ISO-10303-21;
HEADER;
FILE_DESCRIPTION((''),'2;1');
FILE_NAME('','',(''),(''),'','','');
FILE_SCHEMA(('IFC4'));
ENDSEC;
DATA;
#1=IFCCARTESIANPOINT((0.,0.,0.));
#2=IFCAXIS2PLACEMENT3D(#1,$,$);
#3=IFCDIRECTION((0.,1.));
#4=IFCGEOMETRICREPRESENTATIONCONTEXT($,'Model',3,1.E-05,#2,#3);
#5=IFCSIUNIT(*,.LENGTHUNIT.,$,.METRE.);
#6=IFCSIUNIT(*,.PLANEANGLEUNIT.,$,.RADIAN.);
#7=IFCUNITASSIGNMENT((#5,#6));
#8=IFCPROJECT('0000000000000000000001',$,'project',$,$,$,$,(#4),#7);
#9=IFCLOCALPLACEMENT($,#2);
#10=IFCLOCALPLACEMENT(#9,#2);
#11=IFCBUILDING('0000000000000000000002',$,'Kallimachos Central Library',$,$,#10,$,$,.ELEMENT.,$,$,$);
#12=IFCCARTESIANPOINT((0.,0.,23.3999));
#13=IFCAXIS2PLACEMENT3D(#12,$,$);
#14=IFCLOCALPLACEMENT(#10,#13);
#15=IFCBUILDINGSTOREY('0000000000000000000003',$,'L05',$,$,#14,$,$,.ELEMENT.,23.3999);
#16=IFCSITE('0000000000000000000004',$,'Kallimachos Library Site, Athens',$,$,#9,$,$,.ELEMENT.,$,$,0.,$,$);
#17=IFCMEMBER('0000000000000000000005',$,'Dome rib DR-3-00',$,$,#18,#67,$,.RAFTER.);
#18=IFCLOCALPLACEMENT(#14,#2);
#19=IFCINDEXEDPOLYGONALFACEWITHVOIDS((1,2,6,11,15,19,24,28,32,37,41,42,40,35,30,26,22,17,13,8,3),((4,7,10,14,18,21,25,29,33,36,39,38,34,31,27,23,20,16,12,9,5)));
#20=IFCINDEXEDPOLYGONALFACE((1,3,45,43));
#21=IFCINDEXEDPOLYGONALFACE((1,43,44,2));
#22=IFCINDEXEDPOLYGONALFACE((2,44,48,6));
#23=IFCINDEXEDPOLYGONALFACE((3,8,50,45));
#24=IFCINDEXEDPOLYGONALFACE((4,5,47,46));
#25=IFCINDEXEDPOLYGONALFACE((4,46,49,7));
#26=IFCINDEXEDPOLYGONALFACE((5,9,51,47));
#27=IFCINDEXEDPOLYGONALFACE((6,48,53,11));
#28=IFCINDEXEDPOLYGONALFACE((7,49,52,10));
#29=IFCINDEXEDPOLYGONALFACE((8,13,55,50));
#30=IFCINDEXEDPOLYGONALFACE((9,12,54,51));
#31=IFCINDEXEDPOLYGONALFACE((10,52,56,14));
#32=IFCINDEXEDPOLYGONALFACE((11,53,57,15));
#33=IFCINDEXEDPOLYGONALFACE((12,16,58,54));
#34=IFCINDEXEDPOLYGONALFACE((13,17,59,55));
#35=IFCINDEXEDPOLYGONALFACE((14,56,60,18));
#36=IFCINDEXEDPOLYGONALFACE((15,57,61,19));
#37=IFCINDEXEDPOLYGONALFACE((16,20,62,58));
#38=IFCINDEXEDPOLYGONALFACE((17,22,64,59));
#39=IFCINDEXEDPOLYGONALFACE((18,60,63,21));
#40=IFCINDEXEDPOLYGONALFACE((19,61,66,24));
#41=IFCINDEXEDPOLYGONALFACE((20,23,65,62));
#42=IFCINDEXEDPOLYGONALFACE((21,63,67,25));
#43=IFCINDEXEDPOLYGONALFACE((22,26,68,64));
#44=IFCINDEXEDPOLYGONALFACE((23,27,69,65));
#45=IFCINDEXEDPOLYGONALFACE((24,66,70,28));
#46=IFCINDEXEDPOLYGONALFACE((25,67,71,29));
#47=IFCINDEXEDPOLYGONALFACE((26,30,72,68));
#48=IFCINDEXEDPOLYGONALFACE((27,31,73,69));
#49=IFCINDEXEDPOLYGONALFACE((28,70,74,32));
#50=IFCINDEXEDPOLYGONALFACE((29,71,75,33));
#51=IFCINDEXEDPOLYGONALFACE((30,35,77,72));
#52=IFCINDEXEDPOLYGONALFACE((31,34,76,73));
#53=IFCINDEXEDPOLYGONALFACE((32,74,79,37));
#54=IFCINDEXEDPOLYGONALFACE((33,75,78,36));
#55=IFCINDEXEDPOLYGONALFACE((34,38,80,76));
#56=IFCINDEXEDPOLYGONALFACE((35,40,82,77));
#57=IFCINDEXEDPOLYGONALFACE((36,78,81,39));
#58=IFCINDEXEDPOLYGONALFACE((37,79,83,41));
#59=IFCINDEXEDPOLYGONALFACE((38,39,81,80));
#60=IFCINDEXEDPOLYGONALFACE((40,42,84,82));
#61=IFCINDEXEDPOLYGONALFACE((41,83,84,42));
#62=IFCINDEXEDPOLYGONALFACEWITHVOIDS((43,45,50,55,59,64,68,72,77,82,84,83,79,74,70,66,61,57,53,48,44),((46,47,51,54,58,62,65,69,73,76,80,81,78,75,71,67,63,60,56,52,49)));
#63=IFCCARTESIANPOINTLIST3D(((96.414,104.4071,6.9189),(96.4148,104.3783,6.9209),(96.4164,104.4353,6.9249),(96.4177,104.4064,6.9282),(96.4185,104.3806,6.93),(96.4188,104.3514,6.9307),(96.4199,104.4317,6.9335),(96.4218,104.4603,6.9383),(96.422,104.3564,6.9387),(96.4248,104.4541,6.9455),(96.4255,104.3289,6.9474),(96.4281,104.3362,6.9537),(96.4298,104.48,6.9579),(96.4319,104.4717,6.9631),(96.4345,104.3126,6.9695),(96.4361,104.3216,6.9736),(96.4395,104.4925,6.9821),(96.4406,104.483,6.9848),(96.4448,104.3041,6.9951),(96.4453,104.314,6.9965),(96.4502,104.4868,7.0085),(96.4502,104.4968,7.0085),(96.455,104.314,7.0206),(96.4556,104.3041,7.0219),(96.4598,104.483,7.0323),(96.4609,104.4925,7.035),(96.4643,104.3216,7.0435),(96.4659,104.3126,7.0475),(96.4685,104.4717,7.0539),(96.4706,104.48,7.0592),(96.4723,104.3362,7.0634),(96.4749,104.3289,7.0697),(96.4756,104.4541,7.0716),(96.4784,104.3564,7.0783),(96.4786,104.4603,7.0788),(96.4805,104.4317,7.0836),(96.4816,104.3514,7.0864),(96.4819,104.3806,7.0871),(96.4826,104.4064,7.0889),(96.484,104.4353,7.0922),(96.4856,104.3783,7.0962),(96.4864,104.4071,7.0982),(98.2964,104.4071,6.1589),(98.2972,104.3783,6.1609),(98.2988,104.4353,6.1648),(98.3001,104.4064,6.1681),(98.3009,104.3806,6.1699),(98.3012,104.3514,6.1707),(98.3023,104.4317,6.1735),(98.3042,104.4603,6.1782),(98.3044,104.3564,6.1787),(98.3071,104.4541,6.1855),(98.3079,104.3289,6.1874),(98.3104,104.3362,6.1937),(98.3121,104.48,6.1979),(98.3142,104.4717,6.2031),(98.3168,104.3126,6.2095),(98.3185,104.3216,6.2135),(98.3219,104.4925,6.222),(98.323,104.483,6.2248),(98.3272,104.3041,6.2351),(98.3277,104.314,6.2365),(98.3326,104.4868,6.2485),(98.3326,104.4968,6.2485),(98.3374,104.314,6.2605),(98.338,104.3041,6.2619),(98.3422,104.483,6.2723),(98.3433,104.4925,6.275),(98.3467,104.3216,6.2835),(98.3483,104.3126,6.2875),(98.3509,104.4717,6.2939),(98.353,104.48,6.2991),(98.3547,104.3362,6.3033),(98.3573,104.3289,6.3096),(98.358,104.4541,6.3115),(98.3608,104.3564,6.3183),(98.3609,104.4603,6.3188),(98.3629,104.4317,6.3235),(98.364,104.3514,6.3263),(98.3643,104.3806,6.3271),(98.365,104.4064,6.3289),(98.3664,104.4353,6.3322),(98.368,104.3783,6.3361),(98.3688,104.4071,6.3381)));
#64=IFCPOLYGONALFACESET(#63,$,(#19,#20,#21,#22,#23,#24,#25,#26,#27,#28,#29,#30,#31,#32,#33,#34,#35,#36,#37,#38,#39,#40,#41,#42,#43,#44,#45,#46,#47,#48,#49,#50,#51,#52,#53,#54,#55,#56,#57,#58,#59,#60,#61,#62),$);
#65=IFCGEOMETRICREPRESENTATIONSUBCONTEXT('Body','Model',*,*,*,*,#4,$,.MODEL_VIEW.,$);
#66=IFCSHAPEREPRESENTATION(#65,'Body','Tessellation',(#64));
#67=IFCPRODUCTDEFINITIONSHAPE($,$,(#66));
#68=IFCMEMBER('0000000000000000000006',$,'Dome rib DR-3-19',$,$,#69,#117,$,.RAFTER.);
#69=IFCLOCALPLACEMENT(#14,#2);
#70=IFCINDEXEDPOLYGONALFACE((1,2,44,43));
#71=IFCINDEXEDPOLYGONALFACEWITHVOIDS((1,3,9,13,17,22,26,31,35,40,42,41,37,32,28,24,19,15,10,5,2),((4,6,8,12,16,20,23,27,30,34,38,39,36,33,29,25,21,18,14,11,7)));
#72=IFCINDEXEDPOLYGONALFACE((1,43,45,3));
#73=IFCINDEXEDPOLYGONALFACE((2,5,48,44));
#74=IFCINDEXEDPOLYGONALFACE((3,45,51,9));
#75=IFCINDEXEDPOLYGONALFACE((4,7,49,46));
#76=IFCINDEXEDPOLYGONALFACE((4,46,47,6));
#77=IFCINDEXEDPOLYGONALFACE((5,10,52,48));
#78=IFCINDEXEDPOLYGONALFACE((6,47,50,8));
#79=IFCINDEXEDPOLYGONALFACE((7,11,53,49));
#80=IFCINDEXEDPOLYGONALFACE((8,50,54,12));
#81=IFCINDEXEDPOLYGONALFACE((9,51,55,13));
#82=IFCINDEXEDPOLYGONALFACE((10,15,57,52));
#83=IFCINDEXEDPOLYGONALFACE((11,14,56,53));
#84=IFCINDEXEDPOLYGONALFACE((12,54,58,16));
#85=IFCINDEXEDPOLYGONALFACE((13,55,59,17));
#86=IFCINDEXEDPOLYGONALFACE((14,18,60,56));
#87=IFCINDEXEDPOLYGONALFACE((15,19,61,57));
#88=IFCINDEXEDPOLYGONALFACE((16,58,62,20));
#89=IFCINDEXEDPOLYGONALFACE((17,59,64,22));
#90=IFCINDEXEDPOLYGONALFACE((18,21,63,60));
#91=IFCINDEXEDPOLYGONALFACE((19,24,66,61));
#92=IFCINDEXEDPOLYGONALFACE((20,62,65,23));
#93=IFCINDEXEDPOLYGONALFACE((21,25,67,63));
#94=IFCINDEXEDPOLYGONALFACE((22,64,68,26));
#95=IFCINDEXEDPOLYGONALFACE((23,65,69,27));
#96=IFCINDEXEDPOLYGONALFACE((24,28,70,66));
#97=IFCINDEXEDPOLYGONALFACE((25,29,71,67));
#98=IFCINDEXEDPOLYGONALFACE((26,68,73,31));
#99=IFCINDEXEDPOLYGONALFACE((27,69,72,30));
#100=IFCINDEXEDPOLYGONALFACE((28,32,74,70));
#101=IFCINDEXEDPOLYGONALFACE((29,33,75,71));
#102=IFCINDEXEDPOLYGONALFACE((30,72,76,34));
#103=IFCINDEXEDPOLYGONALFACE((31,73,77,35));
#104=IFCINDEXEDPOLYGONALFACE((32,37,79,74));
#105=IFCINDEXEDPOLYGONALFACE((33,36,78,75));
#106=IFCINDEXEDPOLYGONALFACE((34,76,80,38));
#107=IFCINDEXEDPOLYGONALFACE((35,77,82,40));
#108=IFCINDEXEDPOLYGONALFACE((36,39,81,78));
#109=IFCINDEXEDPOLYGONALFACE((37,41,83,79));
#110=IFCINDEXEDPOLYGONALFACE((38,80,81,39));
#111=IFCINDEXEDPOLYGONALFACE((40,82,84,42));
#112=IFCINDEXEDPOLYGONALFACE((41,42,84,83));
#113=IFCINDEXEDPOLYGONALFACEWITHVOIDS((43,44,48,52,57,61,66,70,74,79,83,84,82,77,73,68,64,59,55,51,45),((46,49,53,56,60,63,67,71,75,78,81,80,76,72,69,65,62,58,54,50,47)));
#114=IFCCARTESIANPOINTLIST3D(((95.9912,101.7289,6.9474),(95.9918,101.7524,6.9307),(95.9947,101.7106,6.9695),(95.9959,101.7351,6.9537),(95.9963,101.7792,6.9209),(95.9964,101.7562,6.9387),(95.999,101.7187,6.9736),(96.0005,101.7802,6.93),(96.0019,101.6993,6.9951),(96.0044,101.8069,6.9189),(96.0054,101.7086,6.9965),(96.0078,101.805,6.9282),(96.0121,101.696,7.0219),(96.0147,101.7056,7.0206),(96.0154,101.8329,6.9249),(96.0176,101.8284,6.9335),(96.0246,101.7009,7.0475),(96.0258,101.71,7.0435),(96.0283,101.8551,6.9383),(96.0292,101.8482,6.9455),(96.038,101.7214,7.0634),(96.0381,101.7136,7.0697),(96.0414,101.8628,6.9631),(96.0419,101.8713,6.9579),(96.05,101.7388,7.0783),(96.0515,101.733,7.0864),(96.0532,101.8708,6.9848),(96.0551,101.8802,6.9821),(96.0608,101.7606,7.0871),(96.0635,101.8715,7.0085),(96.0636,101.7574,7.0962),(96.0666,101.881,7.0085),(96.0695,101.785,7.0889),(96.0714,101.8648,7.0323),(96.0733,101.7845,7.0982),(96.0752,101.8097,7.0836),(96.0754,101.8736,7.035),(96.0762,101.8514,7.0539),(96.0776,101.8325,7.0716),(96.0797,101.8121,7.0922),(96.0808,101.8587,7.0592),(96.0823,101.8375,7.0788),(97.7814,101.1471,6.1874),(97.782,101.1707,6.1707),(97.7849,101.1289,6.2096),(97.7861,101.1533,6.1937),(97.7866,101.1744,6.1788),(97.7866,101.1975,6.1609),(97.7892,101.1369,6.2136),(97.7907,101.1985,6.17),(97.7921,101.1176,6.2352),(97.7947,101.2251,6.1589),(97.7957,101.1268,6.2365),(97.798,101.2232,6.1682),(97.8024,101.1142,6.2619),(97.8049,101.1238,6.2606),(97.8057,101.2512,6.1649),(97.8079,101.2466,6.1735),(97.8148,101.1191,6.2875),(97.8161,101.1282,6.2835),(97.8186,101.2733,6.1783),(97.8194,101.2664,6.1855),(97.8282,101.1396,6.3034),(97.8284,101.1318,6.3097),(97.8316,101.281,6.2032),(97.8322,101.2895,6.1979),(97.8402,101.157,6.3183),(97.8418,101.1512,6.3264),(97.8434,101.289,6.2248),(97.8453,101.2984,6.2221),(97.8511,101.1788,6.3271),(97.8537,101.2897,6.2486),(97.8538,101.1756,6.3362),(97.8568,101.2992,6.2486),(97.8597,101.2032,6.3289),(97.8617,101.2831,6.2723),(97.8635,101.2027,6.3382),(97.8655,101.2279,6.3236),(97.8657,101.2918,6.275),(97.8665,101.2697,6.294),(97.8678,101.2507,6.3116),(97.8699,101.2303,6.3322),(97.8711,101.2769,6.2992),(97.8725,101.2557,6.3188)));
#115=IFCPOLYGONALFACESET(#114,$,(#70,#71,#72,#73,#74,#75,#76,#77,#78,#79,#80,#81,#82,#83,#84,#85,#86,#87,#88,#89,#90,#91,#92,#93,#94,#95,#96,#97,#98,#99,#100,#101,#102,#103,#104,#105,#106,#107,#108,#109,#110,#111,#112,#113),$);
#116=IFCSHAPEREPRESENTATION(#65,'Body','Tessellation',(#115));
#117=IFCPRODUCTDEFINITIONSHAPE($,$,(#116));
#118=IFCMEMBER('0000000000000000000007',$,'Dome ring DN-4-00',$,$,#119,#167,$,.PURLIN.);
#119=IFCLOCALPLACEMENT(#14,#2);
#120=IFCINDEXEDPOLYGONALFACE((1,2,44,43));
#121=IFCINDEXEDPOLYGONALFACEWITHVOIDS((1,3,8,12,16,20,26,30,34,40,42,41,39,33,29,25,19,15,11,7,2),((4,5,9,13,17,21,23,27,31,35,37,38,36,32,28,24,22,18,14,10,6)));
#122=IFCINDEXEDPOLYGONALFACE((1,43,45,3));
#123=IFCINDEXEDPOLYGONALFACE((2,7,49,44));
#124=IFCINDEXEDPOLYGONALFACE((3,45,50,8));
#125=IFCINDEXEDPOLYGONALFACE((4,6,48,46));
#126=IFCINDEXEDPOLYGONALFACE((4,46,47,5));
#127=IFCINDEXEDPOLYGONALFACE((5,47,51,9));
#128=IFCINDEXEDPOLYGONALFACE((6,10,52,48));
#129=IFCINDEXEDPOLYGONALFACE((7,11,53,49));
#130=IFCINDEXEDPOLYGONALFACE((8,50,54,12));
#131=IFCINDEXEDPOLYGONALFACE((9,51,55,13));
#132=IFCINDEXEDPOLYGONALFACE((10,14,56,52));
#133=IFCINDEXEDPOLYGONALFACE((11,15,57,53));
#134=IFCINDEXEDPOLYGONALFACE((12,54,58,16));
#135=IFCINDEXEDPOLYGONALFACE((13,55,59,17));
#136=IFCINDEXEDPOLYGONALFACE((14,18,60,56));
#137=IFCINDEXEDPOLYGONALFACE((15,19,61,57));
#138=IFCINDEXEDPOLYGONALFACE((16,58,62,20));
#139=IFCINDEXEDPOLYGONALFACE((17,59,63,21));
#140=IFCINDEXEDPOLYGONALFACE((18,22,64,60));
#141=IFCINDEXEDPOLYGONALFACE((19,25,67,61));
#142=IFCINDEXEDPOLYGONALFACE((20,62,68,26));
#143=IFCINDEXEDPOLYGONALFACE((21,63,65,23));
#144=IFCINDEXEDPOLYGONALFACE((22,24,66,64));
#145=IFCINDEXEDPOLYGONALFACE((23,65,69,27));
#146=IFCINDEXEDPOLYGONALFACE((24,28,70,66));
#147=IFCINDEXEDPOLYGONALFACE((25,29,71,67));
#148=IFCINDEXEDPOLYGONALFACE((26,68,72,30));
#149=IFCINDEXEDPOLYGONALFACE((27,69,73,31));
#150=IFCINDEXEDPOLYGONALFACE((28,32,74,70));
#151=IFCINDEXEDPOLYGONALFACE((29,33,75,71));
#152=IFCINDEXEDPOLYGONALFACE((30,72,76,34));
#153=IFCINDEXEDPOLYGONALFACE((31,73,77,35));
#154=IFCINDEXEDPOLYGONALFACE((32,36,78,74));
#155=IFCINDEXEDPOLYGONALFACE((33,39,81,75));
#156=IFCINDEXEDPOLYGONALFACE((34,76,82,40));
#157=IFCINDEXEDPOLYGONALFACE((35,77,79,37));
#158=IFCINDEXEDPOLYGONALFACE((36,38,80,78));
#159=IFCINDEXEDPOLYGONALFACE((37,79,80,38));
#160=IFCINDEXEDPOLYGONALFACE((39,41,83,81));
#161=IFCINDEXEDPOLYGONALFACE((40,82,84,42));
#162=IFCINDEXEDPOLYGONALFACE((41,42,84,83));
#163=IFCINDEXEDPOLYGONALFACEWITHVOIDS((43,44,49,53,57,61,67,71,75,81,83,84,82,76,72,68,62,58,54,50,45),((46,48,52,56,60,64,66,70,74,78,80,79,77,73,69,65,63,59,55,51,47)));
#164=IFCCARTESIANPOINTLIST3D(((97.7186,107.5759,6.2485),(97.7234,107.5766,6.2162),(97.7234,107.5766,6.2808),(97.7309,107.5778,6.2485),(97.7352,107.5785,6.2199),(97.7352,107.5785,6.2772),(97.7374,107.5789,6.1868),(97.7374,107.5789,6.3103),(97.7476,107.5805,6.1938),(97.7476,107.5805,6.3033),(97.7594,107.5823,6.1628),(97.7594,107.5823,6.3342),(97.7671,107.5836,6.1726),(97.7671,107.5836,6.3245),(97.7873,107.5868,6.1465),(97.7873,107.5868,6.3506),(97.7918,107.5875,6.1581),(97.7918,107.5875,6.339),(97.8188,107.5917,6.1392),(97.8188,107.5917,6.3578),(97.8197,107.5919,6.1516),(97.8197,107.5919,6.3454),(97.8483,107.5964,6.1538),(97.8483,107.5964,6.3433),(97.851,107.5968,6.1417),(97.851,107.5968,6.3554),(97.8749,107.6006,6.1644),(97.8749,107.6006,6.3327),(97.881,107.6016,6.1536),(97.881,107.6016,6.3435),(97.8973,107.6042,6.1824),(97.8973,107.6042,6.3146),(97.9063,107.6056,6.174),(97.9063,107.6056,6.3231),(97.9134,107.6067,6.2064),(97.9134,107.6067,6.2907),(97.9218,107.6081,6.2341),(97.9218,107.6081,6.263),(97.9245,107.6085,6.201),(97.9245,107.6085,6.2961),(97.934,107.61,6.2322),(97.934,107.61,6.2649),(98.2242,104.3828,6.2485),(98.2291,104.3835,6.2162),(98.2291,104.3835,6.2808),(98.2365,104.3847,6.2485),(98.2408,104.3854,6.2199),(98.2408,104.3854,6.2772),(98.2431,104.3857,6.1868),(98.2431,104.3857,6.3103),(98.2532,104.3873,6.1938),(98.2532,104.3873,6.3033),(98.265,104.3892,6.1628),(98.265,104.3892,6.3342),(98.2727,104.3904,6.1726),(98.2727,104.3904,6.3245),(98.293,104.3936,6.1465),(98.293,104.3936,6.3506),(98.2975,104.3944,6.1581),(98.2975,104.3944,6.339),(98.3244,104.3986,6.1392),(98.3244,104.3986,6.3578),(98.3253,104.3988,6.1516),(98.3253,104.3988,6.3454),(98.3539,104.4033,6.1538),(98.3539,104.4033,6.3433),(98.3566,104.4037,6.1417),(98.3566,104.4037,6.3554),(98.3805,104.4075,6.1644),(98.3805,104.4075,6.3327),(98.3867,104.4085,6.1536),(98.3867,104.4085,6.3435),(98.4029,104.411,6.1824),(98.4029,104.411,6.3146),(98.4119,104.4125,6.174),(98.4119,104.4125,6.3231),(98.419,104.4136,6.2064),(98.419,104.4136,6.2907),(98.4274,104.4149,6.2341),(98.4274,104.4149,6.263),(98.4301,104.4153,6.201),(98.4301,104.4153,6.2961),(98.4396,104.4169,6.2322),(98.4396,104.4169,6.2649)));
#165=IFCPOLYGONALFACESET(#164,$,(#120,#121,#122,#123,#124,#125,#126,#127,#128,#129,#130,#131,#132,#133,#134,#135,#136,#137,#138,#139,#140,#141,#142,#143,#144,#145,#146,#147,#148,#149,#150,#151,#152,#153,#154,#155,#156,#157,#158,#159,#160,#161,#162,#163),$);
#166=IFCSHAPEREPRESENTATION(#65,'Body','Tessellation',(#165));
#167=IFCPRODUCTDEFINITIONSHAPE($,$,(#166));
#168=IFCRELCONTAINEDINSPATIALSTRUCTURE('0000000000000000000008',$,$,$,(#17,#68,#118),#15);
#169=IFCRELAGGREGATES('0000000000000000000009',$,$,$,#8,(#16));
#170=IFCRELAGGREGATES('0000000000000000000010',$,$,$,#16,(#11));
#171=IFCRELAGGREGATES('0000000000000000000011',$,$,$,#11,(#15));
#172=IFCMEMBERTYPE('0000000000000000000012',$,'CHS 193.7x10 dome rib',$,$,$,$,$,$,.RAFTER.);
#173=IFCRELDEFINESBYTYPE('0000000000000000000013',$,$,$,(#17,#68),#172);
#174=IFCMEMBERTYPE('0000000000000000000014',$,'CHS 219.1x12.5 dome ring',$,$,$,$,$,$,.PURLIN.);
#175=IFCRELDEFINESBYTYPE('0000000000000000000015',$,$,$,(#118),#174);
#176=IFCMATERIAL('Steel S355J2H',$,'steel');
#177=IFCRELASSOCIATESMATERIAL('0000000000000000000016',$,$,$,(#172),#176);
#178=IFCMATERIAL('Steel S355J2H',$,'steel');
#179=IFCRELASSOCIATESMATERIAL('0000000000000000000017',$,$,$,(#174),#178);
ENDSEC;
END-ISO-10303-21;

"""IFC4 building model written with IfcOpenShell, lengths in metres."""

from ifc_helpers import new_model, si_unit, direction, frame, origin, origin_2d, place, context, subcontext, project, spatial, hollow_circle, extrude, material, material_profile, profile_set, type_object, element, save


model = new_model("IFC4")

# Units and contexts
model_context = context("Model", 3, precision=1e-05, world=origin(), true_north=direction((0.0, 1.0)))
body_context = subcontext(model_context, "Body", "Model", "MODEL_VIEW")
ifc_project = project(units=[si_unit("LENGTHUNIT", "METRE"), si_unit("PLANEANGLEUNIT", "RADIAN")], contexts=[model_context])

# Site, building, storey
site_placement = place(None, origin())
site = spatial("IfcSite", under=ifc_project, at=site_placement, Name="Kallimachos Library Site, Athens", CompositionType="ELEMENT", RefElevation=0.0)
building_placement = place(site_placement, origin())
building = spatial("IfcBuilding", under=site, at=building_placement, Name="Kallimachos Central Library", CompositionType="ELEMENT")
storey_placement = place(building_placement, frame((0.0, 0.0, 23.3999)))
storey = spatial("IfcBuildingStorey", under=building, at=storey_placement, Name="L05", CompositionType="ELEMENT", Elevation=23.3999)

# Members
ifc_material_1 = material(Name="Steel S355J2H", Category="steel")
ifc_material_profile_1 = material_profile(ifc_material_1, hollow_circle(Radius=0.0969, WallThickness=0.01, at=origin_2d()), Name="CHS 193.7x10")
ifc_profile_set_1 = profile_set([ifc_material_profile_1], Name="Steel S355J2H")
member_type_1 = type_object("IfcMemberType", Name="CHS 193.7x10 dome rib", PredefinedType="RAFTER", material=ifc_profile_set_1)
for number, where, z_axis, x_axis, name in (
    (1, (96.4502, 104.3999, 7.0085), (0.927269, 0.0, -0.374395), (0.0, 1.0, 0.0), "Dome rib DR-3-00"),
    (2, (96.0366, 101.7888, 7.0085), (0.88188, -0.286584, -0.374375), (0.30906, 0.951043, 0.0), "Dome rib DR-3-19"),
):
    element("IfcMember", number, at=place(storey_placement, frame(where, z_axis=z_axis, x_axis=x_axis)), inside=storey, type_object=member_type_1, Name=name, PredefinedType="RAFTER", context=body_context, shape_type="SweptSolid", body=[
        extrude(hollow_circle(Radius=0.0969, WallThickness=0.01, at=origin_2d()), origin(), (0.0, 0.0, 1.0), 2.03),
    ])
ifc_material_2 = material(Name="Steel S355J2H", Category="steel")
ifc_material_profile_2 = material_profile(ifc_material_2, hollow_circle(Radius=0.1096, WallThickness=0.0125, at=origin_2d()), Name="CHS 219.1x12.5")
ifc_profile_set_2 = profile_set([ifc_material_profile_2], Name="Steel S355J2H")
member_type_2 = type_object("IfcMemberType", Name="CHS 219.1x12.5 dome ring", PredefinedType="PURLIN", material=ifc_profile_set_2)
member_1_placement = place(storey_placement, frame((98.3325, 104.3999, 6.2485), z_axis=(-0.156397, 0.987694, 0.0), x_axis=(-0.987694, -0.156397, 0.0)))
element("IfcMember", 3, at=member_1_placement, inside=storey, type_object=member_type_2, Name="Dome ring DN-4-00", PredefinedType="PURLIN", context=body_context, shape_type="SweptSolid", body=[
    extrude(hollow_circle(Radius=0.1096, WallThickness=0.0125, at=origin_2d()), origin(), (0.0, 0.0, 1.0), 3.2329),
])

save(model, "model.ifc")
